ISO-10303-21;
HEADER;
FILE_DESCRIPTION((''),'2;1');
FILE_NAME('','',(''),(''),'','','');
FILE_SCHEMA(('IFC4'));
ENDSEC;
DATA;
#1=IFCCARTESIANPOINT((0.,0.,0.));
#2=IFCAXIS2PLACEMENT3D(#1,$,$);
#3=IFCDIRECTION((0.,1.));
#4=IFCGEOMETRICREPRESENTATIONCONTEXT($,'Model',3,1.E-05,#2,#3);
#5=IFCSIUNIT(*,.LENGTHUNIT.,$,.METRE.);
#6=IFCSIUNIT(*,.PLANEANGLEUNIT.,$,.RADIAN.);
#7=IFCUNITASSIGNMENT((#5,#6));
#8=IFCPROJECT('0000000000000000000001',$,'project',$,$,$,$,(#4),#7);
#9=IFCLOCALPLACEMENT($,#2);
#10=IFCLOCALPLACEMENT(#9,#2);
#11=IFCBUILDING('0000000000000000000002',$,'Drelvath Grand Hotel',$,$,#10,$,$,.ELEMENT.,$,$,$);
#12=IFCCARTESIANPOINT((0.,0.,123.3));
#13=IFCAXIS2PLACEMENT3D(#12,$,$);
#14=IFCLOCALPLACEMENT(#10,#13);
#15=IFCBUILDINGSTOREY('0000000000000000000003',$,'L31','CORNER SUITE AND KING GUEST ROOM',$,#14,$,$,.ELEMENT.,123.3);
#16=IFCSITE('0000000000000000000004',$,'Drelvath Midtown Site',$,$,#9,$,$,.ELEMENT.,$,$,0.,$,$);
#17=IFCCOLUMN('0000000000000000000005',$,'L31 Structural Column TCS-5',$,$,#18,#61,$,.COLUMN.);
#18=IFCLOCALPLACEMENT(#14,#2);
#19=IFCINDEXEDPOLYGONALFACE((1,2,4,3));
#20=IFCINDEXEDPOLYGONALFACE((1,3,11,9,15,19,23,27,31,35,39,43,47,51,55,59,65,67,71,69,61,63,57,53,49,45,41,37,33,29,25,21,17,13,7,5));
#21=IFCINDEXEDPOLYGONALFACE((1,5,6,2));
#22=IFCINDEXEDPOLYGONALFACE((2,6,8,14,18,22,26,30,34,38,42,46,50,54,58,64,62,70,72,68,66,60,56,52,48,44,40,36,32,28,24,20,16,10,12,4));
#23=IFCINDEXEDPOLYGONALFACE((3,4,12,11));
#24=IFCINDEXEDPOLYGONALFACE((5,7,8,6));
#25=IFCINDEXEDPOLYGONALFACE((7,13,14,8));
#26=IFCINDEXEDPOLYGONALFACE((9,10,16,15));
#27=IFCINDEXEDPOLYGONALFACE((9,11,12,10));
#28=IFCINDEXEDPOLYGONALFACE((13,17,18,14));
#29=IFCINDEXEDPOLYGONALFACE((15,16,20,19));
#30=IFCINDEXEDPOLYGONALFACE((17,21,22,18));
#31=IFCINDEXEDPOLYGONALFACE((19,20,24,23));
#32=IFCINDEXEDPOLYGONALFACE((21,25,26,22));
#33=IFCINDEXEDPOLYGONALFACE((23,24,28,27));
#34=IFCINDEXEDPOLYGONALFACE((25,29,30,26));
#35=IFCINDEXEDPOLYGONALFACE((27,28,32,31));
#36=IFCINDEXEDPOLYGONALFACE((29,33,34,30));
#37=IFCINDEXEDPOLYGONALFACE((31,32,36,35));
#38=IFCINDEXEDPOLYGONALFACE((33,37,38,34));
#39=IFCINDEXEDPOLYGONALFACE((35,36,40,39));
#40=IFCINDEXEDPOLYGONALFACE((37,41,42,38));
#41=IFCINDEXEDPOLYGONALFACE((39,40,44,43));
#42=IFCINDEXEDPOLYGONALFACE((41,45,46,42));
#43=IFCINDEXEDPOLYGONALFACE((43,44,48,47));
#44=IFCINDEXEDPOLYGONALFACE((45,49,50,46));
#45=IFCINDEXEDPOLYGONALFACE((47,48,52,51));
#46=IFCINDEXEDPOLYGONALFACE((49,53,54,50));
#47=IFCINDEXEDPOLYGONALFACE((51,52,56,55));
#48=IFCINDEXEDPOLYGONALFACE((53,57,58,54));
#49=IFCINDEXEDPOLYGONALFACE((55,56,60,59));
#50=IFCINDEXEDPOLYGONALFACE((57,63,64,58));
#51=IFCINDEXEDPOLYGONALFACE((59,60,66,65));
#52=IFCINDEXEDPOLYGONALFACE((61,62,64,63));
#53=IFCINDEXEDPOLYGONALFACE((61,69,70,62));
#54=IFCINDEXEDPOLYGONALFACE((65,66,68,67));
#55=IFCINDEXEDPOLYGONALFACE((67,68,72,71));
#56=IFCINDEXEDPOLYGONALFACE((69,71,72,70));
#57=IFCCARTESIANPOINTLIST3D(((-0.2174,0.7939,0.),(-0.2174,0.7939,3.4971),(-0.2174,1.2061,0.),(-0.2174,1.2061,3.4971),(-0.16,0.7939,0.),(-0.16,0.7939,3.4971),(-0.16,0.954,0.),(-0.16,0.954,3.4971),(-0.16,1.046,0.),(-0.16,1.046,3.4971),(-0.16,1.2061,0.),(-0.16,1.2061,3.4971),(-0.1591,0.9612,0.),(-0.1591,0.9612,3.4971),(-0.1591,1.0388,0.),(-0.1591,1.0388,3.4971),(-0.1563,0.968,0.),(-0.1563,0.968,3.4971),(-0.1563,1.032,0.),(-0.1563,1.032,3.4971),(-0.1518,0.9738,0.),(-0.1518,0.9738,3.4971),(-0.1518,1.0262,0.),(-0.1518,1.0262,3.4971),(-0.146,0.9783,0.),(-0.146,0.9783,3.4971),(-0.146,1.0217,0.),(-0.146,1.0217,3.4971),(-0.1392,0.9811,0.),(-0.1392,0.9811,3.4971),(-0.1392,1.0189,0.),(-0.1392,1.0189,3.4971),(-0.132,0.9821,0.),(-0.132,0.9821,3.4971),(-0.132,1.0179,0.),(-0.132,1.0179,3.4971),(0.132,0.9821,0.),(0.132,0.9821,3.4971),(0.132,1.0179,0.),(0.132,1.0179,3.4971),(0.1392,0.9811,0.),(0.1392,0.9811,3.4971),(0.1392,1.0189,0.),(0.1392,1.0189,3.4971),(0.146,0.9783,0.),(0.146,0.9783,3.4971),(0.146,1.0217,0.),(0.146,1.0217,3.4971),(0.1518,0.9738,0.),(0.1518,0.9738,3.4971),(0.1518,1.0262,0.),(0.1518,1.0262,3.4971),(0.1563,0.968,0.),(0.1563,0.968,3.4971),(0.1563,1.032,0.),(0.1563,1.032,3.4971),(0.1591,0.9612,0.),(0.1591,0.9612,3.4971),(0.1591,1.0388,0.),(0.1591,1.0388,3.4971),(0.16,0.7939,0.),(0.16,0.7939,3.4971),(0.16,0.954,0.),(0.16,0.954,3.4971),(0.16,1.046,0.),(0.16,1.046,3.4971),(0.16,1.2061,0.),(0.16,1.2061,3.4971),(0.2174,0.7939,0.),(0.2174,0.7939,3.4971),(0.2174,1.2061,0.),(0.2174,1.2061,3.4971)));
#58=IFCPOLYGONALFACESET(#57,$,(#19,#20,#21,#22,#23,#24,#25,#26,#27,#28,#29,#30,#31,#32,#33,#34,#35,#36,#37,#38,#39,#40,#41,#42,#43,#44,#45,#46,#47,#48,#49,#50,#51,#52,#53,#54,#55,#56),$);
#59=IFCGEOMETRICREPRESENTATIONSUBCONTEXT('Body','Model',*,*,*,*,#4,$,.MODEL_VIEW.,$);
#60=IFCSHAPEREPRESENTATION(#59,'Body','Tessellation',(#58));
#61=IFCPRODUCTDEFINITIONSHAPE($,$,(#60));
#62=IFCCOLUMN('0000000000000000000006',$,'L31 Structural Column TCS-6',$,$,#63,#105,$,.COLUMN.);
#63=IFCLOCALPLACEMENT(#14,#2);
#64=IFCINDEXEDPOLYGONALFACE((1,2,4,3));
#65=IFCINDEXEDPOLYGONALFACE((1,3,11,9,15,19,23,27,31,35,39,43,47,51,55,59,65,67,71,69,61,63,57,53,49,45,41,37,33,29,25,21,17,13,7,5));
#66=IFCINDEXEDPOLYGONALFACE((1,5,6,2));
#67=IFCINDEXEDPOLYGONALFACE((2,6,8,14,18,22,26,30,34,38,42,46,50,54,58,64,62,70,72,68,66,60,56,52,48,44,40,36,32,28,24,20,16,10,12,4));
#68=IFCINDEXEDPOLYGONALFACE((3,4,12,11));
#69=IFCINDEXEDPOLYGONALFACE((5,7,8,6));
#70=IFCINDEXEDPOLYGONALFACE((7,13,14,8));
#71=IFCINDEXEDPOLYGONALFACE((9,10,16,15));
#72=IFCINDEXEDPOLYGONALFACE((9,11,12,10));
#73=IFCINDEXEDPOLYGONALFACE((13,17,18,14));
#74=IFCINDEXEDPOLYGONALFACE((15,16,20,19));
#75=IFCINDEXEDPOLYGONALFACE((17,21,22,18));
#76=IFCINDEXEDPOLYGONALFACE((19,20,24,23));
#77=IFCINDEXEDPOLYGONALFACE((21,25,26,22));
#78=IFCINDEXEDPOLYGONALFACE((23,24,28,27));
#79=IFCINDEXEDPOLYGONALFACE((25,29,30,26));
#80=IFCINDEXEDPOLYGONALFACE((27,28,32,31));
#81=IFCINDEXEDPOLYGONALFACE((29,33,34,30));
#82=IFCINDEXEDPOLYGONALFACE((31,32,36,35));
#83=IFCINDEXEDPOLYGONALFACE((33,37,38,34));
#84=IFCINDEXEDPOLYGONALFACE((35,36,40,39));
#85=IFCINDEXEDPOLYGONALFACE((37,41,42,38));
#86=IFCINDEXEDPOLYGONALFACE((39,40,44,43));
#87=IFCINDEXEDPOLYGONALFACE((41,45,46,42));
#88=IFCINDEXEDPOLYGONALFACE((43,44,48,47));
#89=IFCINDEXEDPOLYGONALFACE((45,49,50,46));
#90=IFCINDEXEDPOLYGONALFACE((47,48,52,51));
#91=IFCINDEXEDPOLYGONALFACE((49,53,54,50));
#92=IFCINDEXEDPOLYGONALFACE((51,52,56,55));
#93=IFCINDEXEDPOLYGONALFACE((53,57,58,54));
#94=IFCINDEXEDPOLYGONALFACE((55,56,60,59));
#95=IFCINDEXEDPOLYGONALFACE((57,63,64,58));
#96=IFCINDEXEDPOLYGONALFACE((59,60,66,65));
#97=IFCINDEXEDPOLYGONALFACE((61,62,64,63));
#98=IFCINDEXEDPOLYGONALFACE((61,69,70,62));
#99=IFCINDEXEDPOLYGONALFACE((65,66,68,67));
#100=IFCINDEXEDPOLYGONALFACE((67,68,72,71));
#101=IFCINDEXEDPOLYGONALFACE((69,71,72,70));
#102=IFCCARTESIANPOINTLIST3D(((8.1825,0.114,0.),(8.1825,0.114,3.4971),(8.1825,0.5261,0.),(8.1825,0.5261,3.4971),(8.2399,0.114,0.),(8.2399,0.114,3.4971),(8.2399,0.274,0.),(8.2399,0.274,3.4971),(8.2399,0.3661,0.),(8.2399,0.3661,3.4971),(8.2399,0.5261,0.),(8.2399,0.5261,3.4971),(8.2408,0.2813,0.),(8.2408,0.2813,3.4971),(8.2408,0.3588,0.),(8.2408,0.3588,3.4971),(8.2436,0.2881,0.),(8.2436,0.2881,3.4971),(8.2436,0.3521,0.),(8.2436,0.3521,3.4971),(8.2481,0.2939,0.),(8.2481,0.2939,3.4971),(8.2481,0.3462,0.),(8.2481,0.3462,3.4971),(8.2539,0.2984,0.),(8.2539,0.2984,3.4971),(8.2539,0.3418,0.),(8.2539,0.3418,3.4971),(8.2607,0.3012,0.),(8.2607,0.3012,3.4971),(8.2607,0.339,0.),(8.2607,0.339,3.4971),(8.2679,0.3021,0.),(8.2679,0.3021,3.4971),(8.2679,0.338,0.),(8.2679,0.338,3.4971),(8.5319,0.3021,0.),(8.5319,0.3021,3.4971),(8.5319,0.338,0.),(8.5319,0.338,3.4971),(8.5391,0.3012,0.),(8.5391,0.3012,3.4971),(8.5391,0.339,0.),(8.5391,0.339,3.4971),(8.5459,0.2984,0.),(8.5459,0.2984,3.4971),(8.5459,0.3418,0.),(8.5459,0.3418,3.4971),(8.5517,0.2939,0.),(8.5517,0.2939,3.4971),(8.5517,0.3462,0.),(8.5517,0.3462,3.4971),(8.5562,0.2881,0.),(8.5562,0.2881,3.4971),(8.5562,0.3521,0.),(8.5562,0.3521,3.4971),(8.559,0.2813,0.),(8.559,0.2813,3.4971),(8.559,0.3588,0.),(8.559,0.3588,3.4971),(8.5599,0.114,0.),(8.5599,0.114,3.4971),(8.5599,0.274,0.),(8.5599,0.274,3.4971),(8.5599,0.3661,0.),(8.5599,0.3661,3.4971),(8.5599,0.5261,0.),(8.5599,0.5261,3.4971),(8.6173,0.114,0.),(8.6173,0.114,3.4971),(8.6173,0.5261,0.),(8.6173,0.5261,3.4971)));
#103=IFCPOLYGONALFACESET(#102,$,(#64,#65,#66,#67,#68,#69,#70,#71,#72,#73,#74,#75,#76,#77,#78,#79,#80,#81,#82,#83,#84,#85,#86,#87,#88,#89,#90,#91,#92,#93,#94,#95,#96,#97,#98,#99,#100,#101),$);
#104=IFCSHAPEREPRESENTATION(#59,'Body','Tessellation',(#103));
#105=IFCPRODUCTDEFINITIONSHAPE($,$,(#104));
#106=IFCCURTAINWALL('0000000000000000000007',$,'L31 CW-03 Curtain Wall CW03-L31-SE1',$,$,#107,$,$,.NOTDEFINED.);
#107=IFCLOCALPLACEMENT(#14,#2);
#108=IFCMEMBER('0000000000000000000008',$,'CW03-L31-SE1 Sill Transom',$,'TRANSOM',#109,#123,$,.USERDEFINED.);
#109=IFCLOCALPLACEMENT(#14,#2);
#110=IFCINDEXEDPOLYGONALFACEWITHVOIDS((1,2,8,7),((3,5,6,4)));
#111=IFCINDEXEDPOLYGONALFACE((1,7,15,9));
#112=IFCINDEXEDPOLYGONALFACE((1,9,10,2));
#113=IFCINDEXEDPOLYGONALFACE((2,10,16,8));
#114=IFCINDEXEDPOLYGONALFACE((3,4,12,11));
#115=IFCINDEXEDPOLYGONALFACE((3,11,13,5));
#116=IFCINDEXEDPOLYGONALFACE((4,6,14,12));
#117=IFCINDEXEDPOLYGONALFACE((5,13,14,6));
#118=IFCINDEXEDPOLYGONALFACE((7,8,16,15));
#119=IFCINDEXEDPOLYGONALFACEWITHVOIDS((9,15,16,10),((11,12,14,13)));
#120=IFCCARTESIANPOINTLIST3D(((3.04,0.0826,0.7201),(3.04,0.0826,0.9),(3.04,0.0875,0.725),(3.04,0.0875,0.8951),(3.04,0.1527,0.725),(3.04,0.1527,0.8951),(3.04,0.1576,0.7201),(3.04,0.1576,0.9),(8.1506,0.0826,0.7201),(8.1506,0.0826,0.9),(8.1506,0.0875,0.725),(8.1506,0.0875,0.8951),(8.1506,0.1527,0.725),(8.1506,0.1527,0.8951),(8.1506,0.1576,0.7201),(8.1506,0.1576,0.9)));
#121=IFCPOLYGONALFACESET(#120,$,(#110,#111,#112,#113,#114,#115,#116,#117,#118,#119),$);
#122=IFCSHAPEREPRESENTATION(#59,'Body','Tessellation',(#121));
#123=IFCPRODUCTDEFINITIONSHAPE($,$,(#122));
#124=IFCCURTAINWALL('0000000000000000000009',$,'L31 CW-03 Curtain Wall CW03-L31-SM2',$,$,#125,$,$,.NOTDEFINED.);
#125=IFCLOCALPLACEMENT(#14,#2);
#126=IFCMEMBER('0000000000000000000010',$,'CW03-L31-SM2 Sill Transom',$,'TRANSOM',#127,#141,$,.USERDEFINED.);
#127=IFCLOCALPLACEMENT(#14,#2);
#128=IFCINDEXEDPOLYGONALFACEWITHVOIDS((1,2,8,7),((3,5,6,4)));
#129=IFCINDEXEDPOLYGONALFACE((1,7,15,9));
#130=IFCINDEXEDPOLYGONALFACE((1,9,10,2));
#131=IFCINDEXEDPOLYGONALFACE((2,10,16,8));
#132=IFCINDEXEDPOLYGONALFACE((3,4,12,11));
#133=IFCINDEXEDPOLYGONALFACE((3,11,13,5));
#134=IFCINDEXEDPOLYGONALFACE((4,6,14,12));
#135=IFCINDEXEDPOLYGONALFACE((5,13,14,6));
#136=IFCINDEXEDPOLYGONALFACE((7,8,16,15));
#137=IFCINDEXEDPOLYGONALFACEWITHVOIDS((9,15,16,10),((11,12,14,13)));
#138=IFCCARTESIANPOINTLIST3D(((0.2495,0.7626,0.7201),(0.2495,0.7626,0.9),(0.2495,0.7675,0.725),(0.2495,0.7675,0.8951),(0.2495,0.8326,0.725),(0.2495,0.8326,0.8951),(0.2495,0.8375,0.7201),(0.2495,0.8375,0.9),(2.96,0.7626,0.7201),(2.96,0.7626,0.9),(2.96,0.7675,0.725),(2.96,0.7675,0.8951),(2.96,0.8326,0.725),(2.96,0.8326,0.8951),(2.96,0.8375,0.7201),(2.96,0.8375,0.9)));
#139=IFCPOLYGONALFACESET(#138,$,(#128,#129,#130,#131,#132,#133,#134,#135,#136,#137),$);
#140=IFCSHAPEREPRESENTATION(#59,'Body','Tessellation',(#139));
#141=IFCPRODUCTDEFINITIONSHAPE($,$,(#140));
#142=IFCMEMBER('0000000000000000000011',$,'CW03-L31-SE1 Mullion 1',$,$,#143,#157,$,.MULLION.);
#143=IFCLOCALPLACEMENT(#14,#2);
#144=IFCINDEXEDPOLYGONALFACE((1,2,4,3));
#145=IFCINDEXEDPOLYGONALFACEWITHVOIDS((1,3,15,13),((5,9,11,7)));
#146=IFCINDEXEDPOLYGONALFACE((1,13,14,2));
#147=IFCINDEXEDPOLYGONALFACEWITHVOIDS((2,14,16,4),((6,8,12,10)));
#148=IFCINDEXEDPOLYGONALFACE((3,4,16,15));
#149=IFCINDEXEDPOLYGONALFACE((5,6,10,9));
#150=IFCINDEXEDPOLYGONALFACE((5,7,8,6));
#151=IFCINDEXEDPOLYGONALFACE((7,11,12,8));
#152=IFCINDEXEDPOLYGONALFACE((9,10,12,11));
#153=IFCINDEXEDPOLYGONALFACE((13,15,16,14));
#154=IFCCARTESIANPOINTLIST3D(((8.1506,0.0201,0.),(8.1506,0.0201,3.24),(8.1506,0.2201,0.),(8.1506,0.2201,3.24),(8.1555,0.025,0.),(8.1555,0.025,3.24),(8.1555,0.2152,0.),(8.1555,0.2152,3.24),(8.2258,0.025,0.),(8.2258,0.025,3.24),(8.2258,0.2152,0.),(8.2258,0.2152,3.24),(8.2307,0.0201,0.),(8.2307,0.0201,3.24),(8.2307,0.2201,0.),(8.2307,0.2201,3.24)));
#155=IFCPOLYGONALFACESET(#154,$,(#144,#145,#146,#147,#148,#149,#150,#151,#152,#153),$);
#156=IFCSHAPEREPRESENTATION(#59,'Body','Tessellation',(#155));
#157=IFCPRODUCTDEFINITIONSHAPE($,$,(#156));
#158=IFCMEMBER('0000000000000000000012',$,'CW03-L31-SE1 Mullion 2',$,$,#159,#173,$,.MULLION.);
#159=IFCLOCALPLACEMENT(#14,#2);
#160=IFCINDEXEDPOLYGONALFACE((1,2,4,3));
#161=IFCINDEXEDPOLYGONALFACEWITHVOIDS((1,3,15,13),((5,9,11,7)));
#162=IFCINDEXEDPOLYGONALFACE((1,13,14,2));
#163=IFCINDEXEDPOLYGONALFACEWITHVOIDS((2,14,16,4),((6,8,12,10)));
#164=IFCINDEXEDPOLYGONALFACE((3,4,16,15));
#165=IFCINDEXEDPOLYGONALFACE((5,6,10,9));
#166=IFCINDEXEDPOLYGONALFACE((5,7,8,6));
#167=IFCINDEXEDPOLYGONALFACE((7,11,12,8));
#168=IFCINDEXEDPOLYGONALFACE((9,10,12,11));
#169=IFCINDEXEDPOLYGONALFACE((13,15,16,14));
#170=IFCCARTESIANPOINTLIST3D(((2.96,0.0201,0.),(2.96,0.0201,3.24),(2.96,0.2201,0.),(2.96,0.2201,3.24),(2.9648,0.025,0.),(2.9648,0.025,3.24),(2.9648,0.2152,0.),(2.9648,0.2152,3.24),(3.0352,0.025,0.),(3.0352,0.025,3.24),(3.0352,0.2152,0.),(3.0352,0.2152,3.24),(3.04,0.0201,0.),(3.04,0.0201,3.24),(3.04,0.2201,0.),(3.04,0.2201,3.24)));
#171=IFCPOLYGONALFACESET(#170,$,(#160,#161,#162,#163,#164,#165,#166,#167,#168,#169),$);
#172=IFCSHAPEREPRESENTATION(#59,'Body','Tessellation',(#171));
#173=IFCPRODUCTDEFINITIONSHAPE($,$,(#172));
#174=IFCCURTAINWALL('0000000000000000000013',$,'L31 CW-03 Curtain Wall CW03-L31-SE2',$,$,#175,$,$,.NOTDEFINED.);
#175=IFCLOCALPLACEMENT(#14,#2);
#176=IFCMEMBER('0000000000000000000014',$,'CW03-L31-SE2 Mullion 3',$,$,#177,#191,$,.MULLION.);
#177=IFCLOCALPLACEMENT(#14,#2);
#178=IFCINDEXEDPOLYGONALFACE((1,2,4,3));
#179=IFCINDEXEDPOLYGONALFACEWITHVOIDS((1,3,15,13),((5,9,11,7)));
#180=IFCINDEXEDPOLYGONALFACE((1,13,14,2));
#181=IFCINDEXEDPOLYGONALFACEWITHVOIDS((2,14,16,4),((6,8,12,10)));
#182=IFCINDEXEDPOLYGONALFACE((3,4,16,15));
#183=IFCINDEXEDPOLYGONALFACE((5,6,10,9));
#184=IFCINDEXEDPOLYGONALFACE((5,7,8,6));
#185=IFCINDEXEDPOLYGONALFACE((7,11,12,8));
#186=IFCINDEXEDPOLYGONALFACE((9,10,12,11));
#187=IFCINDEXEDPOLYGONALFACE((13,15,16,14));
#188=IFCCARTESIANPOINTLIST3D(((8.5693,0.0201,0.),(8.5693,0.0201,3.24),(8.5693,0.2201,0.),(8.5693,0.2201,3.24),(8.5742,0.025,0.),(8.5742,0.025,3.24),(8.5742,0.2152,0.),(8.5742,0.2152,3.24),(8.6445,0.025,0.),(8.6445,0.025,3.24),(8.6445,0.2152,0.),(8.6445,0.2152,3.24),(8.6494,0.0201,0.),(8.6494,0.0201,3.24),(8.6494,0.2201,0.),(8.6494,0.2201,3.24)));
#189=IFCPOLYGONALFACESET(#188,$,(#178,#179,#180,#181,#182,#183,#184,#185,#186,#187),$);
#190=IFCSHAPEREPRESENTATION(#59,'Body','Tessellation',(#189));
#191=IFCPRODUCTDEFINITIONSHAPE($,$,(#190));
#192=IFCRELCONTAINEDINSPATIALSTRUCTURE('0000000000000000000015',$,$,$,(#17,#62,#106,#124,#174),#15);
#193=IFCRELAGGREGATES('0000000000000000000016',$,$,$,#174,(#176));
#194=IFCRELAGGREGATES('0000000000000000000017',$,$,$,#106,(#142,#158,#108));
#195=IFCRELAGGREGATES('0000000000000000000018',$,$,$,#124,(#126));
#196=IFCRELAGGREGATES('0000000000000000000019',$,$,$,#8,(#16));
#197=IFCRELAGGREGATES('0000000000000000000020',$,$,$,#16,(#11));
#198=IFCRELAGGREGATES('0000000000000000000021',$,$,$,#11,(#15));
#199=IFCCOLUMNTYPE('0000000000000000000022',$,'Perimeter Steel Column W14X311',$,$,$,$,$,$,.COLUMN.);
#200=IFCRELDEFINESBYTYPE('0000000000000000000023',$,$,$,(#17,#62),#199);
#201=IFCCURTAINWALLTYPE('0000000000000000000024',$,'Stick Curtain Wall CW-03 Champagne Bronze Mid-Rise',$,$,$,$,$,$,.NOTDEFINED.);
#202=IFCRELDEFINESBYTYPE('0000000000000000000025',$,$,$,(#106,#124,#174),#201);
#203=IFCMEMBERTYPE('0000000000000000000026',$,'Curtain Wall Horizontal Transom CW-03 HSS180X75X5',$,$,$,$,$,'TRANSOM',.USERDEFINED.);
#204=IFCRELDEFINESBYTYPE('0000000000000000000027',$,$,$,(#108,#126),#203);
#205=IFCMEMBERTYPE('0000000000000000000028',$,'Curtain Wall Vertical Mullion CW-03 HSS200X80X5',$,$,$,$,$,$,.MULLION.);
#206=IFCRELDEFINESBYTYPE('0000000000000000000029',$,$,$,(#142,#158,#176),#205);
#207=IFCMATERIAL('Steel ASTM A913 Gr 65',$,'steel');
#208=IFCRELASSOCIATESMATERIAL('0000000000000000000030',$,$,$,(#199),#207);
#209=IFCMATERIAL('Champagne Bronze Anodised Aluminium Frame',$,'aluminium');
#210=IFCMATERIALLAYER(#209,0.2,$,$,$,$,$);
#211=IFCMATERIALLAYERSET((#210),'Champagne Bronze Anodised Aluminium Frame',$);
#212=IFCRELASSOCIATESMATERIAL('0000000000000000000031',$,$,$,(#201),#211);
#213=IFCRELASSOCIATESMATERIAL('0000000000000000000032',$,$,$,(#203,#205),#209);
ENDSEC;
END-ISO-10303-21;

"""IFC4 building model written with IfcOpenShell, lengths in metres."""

from ifc_helpers import new_model, si_unit, direction, frame, origin, origin_2d, place, context, subcontext, project, spatial, hollow_rectangle, i_section, extrude, material, layer, layer_set, material_profile, profile_set, type_object, element, aggregate, save


model = new_model("IFC4")

# Units and contexts
model_context = context("Model", 3, precision=1e-05, world=origin(), true_north=direction((0.0, 1.0)))
body_context = subcontext(model_context, "Body", "Model", "MODEL_VIEW")
ifc_project = project(units=[si_unit("LENGTHUNIT", "METRE"), si_unit("PLANEANGLEUNIT", "RADIAN")], contexts=[model_context])

# Site, building, storey
site_placement = place(None, origin())
site = spatial("IfcSite", under=ifc_project, at=site_placement, Name="Drelvath Midtown Site", CompositionType="ELEMENT", RefElevation=0.0)
building_placement = place(site_placement, origin())
building = spatial("IfcBuilding", under=site, at=building_placement, Name="Drelvath Grand Hotel", CompositionType="ELEMENT")
storey_placement = place(building_placement, frame((0.0, 0.0, 123.3)))
storey = spatial("IfcBuildingStorey", under=building, at=storey_placement, Name="L31", Description="CORNER SUITE AND KING GUEST ROOM", CompositionType="ELEMENT", Elevation=123.3)

# Columns
ifc_material_1 = material(Name="Steel ASTM A913 Gr 65", Category="steel")
ifc_material_profile_1 = material_profile(ifc_material_1, i_section(OverallWidth=0.4121, OverallDepth=0.4348, WebThickness=0.0359, FlangeThickness=0.0574, FilletRadius=0.0281, at=origin_2d()), Name="W14X311")
ifc_profile_set_1 = profile_set([ifc_material_profile_1], Name="Steel ASTM A913 Gr 65")
column_type = type_object("IfcColumnType", Name="Perimeter Steel Column W14X311", PredefinedType="COLUMN", material=ifc_profile_set_1)
for number, where, z_axis, x_axis, name in (
    (1, (0.0, 1.0, 0.0), (0.0, 0.0, 1.0), (0.0, 1.0, 0.0), "L31 Structural Column TCS-5"),
    (2, (8.3999, 0.3201, 0.0), (0.0, 0.0, 1.0), (0.0, 1.0, 0.0), "L31 Structural Column TCS-6"),
):
    element("IfcColumn", number, at=place(storey_placement, frame(where, z_axis=z_axis, x_axis=x_axis)), inside=storey, type_object=column_type, Name=name, PredefinedType="COLUMN", context=body_context, shape_type="SweptSolid", body=[
        extrude(i_section(OverallWidth=0.4121, OverallDepth=0.4348, WebThickness=0.0359, FlangeThickness=0.0574, FilletRadius=0.0281, at=origin_2d()), origin(), (0.0, 0.0, 1.0), 3.4971),
    ])

# Curtain walls, members
ifc_material_2 = material(Name="Champagne Bronze Anodised Aluminium Frame", Category="aluminium")
ifc_layer_1 = layer(ifc_material_2, 0.2)
ifc_layer_set_1 = layer_set([ifc_layer_1], Name="Champagne Bronze Anodised Aluminium Frame")
curtain_wall_type = type_object("IfcCurtainWallType", Name="Stick Curtain Wall CW-03 Champagne Bronze Mid-Rise", PredefinedType="NOTDEFINED", material=ifc_layer_set_1)
curtain_wall_1_placement = place(storey_placement, origin())
curtain_wall_1 = element("IfcCurtainWall", 3, at=curtain_wall_1_placement, inside=storey, type_object=curtain_wall_type, Name="L31 CW-03 Curtain Wall CW03-L31-SE1", PredefinedType="NOTDEFINED")
ifc_material_profile_2 = material_profile(ifc_material_2, hollow_rectangle(XDim=0.075, YDim=0.1799, WallThickness=0.0049, at=origin_2d()), Name="HSS180X75X5")
ifc_profile_set_2 = profile_set([ifc_material_profile_2], Name="Champagne Bronze Anodised Aluminium Frame")
member_type_1 = type_object("IfcMemberType", Name="Curtain Wall Horizontal Transom CW-03 HSS180X75X5", ElementType="TRANSOM", PredefinedType="USERDEFINED", material=ifc_profile_set_2)
member_1_placement = place(storey_placement, frame((8.1506, 0.1201, 0.8101), z_axis=(-1.0, 0.0, 0.0), x_axis=(0.0, -1.0, 0.0)))
member_1 = element("IfcMember", 4, at=member_1_placement, type_object=member_type_1, Name="CW03-L31-SE1 Sill Transom", ObjectType="TRANSOM", PredefinedType="USERDEFINED", context=body_context, shape_type="SweptSolid", body=[
    extrude(hollow_rectangle(XDim=0.075, YDim=0.1799, WallThickness=0.0049, at=origin_2d()), origin(), (0.0, 0.0, 1.0), 5.1106),
])
curtain_wall_2_placement = place(storey_placement, origin())
curtain_wall_2 = element("IfcCurtainWall", 5, at=curtain_wall_2_placement, inside=storey, type_object=curtain_wall_type, Name="L31 CW-03 Curtain Wall CW03-L31-SM2", PredefinedType="NOTDEFINED")
member_2_placement = place(storey_placement, frame((2.96, 0.8, 0.8101), z_axis=(-1.0, 0.0, 0.0), x_axis=(0.0, -1.0, 0.0)))
member_2 = element("IfcMember", 6, at=member_2_placement, type_object=member_type_1, Name="CW03-L31-SM2 Sill Transom", ObjectType="TRANSOM", PredefinedType="USERDEFINED", context=body_context, shape_type="SweptSolid", body=[
    extrude(hollow_rectangle(XDim=0.075, YDim=0.1799, WallThickness=0.0049, at=origin_2d()), origin(), (0.0, 0.0, 1.0), 2.7104),
])

# Members
ifc_material_profile_3 = material_profile(ifc_material_2, hollow_rectangle(XDim=0.0801, YDim=0.2, WallThickness=0.0049, at=origin_2d()), Name="HSS200X80X5")
ifc_profile_set_3 = profile_set([ifc_material_profile_3], Name="Champagne Bronze Anodised Aluminium Frame")
member_type_2 = type_object("IfcMemberType", Name="Curtain Wall Vertical Mullion CW-03 HSS200X80X5", PredefinedType="MULLION", material=ifc_profile_set_3)
member_3_placement = place(storey_placement, frame((8.1907, 0.1201, 0.0), z_axis=(0.0, 0.0, 1.0), x_axis=(1.0, 0.0, 0.0)))
member_3 = element("IfcMember", 7, at=member_3_placement, type_object=member_type_2, Name="CW03-L31-SE1 Mullion 1", PredefinedType="MULLION", context=body_context, shape_type="SweptSolid", body=[
    extrude(hollow_rectangle(XDim=0.0801, YDim=0.2, WallThickness=0.0049, at=origin_2d()), origin(), (0.0, 0.0, 1.0), 3.24),
])
member_4_placement = place(storey_placement, frame((3.0, 0.1201, 0.0), z_axis=(0.0, 0.0, 1.0), x_axis=(1.0, 0.0, 0.0)))
member_4 = element("IfcMember", 8, at=member_4_placement, type_object=member_type_2, Name="CW03-L31-SE1 Mullion 2", PredefinedType="MULLION", context=body_context, shape_type="SweptSolid", body=[
    extrude(hollow_rectangle(XDim=0.0801, YDim=0.2, WallThickness=0.0049, at=origin_2d()), origin(), (0.0, 0.0, 1.0), 3.24),
])

# Curtain wall, member
curtain_wall_3_placement = place(storey_placement, origin())
curtain_wall_3 = element("IfcCurtainWall", 9, at=curtain_wall_3_placement, inside=storey, type_object=curtain_wall_type, Name="L31 CW-03 Curtain Wall CW03-L31-SE2", PredefinedType="NOTDEFINED")
member_5_placement = place(storey_placement, frame((8.6094, 0.1201, 0.0), z_axis=(0.0, 0.0, 1.0), x_axis=(1.0, 0.0, 0.0)))
member_5 = element("IfcMember", 10, at=member_5_placement, type_object=member_type_2, Name="CW03-L31-SE2 Mullion 3", PredefinedType="MULLION", context=body_context, shape_type="SweptSolid", body=[
    extrude(hollow_rectangle(XDim=0.0801, YDim=0.2, WallThickness=0.0049, at=origin_2d()), origin(), (0.0, 0.0, 1.0), 3.24),
])
aggregate(curtain_wall_3, [member_5])

aggregate(curtain_wall_1, [member_3, member_4, member_1])
aggregate(curtain_wall_2, [member_2])

save(model, "model.ifc")
